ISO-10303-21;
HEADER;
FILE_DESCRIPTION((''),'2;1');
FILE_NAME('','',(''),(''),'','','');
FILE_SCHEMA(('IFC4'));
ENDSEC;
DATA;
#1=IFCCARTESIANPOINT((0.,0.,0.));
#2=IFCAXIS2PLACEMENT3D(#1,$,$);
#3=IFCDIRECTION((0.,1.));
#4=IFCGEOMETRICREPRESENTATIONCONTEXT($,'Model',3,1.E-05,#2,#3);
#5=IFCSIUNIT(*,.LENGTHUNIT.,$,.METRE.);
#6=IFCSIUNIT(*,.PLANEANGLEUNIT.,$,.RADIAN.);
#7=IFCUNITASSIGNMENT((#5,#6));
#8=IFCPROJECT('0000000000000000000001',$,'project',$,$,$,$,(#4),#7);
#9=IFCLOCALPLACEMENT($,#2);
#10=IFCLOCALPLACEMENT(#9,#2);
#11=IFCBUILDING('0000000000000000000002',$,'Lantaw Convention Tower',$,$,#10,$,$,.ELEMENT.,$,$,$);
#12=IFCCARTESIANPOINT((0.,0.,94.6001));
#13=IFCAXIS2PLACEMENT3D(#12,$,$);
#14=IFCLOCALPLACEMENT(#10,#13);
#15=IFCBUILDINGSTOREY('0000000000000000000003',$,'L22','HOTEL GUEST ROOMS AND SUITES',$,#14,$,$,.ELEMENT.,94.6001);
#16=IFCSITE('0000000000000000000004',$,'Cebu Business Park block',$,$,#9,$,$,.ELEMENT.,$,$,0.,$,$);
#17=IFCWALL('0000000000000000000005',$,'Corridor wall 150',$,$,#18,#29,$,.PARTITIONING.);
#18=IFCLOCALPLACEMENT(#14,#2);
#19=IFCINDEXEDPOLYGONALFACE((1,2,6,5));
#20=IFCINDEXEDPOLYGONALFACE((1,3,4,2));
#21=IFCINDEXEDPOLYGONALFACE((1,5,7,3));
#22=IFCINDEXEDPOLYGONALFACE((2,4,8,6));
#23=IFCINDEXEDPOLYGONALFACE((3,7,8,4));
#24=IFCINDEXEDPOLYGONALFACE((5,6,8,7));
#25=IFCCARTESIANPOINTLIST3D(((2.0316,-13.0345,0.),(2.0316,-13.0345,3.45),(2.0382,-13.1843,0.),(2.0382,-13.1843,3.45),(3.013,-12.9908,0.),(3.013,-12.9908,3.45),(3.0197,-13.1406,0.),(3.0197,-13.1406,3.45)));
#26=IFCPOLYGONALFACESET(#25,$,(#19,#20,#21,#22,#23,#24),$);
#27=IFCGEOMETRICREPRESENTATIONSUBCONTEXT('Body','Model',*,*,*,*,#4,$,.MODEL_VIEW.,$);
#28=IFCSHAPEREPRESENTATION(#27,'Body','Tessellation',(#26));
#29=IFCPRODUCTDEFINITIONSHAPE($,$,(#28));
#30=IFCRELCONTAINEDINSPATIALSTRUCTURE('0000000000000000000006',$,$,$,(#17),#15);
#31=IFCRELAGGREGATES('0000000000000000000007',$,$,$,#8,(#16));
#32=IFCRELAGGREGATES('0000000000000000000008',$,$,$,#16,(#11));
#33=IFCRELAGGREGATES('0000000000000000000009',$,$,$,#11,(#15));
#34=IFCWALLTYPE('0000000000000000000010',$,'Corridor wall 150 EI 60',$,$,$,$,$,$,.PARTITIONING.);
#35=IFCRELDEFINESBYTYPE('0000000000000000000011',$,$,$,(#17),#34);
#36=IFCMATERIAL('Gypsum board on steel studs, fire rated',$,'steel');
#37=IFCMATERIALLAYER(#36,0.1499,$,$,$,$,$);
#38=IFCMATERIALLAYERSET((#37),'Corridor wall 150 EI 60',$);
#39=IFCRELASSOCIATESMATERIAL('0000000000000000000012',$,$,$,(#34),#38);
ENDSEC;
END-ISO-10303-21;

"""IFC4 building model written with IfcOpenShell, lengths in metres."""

from ifc_helpers import new_model, si_unit, direction, frame, frame_2d, origin, place, context, subcontext, project, spatial, rectangle, extrude, material, layer, layer_set, type_object, element, save


model = new_model("IFC4")

# Units and contexts
model_context = context("Model", 3, precision=1e-05, world=origin(), true_north=direction((0.0, 1.0)))
body_context = subcontext(model_context, "Body", "Model", "MODEL_VIEW")
ifc_project = project(units=[si_unit("LENGTHUNIT", "METRE"), si_unit("PLANEANGLEUNIT", "RADIAN")], contexts=[model_context])

# Site, building, storey
site_placement = place(None, origin())
site = spatial("IfcSite", under=ifc_project, at=site_placement, Name="Cebu Business Park block", CompositionType="ELEMENT", RefElevation=0.0)
building_placement = place(site_placement, origin())
building = spatial("IfcBuilding", under=site, at=building_placement, Name="Lantaw Convention Tower", CompositionType="ELEMENT")
storey_placement = place(building_placement, frame((0.0, 0.0, 94.6001)))
storey = spatial("IfcBuildingStorey", under=building, at=storey_placement, Name="L22", Description="HOTEL GUEST ROOMS AND SUITES", CompositionType="ELEMENT", Elevation=94.6001)

# Shared definitions
ifc_material_1 = material(Name="Gypsum board on steel studs, fire rated", Category="steel")
ifc_layer_1 = layer(ifc_material_1, 0.1499)
ifc_layer_set_1 = layer_set([ifc_layer_1], Name="Corridor wall 150 EI 60")
wall_type_1 = type_object("IfcWallType", Name="Corridor wall 150 EI 60", PredefinedType="PARTITIONING", material=ifc_layer_set_1)

# Wall
wall_1_placement = place(storey_placement, frame((2.0349, -13.1094, 0.0), z_axis=(0.0, 0.0, 1.0), x_axis=(0.99901, 0.044483, 0.0)))
element("IfcWall", 1, at=wall_1_placement, inside=storey, type_object=wall_type_1, Name="Corridor wall 150", PredefinedType="PARTITIONING", context=body_context, shape_type="SweptSolid", body=[
    extrude(rectangle(XDim=0.9824, YDim=0.1499, at=frame_2d((0.4912, 0.0))), origin(), (0.0, 0.0, 1.0), 3.45),
])

save(model, "model.ifc")
